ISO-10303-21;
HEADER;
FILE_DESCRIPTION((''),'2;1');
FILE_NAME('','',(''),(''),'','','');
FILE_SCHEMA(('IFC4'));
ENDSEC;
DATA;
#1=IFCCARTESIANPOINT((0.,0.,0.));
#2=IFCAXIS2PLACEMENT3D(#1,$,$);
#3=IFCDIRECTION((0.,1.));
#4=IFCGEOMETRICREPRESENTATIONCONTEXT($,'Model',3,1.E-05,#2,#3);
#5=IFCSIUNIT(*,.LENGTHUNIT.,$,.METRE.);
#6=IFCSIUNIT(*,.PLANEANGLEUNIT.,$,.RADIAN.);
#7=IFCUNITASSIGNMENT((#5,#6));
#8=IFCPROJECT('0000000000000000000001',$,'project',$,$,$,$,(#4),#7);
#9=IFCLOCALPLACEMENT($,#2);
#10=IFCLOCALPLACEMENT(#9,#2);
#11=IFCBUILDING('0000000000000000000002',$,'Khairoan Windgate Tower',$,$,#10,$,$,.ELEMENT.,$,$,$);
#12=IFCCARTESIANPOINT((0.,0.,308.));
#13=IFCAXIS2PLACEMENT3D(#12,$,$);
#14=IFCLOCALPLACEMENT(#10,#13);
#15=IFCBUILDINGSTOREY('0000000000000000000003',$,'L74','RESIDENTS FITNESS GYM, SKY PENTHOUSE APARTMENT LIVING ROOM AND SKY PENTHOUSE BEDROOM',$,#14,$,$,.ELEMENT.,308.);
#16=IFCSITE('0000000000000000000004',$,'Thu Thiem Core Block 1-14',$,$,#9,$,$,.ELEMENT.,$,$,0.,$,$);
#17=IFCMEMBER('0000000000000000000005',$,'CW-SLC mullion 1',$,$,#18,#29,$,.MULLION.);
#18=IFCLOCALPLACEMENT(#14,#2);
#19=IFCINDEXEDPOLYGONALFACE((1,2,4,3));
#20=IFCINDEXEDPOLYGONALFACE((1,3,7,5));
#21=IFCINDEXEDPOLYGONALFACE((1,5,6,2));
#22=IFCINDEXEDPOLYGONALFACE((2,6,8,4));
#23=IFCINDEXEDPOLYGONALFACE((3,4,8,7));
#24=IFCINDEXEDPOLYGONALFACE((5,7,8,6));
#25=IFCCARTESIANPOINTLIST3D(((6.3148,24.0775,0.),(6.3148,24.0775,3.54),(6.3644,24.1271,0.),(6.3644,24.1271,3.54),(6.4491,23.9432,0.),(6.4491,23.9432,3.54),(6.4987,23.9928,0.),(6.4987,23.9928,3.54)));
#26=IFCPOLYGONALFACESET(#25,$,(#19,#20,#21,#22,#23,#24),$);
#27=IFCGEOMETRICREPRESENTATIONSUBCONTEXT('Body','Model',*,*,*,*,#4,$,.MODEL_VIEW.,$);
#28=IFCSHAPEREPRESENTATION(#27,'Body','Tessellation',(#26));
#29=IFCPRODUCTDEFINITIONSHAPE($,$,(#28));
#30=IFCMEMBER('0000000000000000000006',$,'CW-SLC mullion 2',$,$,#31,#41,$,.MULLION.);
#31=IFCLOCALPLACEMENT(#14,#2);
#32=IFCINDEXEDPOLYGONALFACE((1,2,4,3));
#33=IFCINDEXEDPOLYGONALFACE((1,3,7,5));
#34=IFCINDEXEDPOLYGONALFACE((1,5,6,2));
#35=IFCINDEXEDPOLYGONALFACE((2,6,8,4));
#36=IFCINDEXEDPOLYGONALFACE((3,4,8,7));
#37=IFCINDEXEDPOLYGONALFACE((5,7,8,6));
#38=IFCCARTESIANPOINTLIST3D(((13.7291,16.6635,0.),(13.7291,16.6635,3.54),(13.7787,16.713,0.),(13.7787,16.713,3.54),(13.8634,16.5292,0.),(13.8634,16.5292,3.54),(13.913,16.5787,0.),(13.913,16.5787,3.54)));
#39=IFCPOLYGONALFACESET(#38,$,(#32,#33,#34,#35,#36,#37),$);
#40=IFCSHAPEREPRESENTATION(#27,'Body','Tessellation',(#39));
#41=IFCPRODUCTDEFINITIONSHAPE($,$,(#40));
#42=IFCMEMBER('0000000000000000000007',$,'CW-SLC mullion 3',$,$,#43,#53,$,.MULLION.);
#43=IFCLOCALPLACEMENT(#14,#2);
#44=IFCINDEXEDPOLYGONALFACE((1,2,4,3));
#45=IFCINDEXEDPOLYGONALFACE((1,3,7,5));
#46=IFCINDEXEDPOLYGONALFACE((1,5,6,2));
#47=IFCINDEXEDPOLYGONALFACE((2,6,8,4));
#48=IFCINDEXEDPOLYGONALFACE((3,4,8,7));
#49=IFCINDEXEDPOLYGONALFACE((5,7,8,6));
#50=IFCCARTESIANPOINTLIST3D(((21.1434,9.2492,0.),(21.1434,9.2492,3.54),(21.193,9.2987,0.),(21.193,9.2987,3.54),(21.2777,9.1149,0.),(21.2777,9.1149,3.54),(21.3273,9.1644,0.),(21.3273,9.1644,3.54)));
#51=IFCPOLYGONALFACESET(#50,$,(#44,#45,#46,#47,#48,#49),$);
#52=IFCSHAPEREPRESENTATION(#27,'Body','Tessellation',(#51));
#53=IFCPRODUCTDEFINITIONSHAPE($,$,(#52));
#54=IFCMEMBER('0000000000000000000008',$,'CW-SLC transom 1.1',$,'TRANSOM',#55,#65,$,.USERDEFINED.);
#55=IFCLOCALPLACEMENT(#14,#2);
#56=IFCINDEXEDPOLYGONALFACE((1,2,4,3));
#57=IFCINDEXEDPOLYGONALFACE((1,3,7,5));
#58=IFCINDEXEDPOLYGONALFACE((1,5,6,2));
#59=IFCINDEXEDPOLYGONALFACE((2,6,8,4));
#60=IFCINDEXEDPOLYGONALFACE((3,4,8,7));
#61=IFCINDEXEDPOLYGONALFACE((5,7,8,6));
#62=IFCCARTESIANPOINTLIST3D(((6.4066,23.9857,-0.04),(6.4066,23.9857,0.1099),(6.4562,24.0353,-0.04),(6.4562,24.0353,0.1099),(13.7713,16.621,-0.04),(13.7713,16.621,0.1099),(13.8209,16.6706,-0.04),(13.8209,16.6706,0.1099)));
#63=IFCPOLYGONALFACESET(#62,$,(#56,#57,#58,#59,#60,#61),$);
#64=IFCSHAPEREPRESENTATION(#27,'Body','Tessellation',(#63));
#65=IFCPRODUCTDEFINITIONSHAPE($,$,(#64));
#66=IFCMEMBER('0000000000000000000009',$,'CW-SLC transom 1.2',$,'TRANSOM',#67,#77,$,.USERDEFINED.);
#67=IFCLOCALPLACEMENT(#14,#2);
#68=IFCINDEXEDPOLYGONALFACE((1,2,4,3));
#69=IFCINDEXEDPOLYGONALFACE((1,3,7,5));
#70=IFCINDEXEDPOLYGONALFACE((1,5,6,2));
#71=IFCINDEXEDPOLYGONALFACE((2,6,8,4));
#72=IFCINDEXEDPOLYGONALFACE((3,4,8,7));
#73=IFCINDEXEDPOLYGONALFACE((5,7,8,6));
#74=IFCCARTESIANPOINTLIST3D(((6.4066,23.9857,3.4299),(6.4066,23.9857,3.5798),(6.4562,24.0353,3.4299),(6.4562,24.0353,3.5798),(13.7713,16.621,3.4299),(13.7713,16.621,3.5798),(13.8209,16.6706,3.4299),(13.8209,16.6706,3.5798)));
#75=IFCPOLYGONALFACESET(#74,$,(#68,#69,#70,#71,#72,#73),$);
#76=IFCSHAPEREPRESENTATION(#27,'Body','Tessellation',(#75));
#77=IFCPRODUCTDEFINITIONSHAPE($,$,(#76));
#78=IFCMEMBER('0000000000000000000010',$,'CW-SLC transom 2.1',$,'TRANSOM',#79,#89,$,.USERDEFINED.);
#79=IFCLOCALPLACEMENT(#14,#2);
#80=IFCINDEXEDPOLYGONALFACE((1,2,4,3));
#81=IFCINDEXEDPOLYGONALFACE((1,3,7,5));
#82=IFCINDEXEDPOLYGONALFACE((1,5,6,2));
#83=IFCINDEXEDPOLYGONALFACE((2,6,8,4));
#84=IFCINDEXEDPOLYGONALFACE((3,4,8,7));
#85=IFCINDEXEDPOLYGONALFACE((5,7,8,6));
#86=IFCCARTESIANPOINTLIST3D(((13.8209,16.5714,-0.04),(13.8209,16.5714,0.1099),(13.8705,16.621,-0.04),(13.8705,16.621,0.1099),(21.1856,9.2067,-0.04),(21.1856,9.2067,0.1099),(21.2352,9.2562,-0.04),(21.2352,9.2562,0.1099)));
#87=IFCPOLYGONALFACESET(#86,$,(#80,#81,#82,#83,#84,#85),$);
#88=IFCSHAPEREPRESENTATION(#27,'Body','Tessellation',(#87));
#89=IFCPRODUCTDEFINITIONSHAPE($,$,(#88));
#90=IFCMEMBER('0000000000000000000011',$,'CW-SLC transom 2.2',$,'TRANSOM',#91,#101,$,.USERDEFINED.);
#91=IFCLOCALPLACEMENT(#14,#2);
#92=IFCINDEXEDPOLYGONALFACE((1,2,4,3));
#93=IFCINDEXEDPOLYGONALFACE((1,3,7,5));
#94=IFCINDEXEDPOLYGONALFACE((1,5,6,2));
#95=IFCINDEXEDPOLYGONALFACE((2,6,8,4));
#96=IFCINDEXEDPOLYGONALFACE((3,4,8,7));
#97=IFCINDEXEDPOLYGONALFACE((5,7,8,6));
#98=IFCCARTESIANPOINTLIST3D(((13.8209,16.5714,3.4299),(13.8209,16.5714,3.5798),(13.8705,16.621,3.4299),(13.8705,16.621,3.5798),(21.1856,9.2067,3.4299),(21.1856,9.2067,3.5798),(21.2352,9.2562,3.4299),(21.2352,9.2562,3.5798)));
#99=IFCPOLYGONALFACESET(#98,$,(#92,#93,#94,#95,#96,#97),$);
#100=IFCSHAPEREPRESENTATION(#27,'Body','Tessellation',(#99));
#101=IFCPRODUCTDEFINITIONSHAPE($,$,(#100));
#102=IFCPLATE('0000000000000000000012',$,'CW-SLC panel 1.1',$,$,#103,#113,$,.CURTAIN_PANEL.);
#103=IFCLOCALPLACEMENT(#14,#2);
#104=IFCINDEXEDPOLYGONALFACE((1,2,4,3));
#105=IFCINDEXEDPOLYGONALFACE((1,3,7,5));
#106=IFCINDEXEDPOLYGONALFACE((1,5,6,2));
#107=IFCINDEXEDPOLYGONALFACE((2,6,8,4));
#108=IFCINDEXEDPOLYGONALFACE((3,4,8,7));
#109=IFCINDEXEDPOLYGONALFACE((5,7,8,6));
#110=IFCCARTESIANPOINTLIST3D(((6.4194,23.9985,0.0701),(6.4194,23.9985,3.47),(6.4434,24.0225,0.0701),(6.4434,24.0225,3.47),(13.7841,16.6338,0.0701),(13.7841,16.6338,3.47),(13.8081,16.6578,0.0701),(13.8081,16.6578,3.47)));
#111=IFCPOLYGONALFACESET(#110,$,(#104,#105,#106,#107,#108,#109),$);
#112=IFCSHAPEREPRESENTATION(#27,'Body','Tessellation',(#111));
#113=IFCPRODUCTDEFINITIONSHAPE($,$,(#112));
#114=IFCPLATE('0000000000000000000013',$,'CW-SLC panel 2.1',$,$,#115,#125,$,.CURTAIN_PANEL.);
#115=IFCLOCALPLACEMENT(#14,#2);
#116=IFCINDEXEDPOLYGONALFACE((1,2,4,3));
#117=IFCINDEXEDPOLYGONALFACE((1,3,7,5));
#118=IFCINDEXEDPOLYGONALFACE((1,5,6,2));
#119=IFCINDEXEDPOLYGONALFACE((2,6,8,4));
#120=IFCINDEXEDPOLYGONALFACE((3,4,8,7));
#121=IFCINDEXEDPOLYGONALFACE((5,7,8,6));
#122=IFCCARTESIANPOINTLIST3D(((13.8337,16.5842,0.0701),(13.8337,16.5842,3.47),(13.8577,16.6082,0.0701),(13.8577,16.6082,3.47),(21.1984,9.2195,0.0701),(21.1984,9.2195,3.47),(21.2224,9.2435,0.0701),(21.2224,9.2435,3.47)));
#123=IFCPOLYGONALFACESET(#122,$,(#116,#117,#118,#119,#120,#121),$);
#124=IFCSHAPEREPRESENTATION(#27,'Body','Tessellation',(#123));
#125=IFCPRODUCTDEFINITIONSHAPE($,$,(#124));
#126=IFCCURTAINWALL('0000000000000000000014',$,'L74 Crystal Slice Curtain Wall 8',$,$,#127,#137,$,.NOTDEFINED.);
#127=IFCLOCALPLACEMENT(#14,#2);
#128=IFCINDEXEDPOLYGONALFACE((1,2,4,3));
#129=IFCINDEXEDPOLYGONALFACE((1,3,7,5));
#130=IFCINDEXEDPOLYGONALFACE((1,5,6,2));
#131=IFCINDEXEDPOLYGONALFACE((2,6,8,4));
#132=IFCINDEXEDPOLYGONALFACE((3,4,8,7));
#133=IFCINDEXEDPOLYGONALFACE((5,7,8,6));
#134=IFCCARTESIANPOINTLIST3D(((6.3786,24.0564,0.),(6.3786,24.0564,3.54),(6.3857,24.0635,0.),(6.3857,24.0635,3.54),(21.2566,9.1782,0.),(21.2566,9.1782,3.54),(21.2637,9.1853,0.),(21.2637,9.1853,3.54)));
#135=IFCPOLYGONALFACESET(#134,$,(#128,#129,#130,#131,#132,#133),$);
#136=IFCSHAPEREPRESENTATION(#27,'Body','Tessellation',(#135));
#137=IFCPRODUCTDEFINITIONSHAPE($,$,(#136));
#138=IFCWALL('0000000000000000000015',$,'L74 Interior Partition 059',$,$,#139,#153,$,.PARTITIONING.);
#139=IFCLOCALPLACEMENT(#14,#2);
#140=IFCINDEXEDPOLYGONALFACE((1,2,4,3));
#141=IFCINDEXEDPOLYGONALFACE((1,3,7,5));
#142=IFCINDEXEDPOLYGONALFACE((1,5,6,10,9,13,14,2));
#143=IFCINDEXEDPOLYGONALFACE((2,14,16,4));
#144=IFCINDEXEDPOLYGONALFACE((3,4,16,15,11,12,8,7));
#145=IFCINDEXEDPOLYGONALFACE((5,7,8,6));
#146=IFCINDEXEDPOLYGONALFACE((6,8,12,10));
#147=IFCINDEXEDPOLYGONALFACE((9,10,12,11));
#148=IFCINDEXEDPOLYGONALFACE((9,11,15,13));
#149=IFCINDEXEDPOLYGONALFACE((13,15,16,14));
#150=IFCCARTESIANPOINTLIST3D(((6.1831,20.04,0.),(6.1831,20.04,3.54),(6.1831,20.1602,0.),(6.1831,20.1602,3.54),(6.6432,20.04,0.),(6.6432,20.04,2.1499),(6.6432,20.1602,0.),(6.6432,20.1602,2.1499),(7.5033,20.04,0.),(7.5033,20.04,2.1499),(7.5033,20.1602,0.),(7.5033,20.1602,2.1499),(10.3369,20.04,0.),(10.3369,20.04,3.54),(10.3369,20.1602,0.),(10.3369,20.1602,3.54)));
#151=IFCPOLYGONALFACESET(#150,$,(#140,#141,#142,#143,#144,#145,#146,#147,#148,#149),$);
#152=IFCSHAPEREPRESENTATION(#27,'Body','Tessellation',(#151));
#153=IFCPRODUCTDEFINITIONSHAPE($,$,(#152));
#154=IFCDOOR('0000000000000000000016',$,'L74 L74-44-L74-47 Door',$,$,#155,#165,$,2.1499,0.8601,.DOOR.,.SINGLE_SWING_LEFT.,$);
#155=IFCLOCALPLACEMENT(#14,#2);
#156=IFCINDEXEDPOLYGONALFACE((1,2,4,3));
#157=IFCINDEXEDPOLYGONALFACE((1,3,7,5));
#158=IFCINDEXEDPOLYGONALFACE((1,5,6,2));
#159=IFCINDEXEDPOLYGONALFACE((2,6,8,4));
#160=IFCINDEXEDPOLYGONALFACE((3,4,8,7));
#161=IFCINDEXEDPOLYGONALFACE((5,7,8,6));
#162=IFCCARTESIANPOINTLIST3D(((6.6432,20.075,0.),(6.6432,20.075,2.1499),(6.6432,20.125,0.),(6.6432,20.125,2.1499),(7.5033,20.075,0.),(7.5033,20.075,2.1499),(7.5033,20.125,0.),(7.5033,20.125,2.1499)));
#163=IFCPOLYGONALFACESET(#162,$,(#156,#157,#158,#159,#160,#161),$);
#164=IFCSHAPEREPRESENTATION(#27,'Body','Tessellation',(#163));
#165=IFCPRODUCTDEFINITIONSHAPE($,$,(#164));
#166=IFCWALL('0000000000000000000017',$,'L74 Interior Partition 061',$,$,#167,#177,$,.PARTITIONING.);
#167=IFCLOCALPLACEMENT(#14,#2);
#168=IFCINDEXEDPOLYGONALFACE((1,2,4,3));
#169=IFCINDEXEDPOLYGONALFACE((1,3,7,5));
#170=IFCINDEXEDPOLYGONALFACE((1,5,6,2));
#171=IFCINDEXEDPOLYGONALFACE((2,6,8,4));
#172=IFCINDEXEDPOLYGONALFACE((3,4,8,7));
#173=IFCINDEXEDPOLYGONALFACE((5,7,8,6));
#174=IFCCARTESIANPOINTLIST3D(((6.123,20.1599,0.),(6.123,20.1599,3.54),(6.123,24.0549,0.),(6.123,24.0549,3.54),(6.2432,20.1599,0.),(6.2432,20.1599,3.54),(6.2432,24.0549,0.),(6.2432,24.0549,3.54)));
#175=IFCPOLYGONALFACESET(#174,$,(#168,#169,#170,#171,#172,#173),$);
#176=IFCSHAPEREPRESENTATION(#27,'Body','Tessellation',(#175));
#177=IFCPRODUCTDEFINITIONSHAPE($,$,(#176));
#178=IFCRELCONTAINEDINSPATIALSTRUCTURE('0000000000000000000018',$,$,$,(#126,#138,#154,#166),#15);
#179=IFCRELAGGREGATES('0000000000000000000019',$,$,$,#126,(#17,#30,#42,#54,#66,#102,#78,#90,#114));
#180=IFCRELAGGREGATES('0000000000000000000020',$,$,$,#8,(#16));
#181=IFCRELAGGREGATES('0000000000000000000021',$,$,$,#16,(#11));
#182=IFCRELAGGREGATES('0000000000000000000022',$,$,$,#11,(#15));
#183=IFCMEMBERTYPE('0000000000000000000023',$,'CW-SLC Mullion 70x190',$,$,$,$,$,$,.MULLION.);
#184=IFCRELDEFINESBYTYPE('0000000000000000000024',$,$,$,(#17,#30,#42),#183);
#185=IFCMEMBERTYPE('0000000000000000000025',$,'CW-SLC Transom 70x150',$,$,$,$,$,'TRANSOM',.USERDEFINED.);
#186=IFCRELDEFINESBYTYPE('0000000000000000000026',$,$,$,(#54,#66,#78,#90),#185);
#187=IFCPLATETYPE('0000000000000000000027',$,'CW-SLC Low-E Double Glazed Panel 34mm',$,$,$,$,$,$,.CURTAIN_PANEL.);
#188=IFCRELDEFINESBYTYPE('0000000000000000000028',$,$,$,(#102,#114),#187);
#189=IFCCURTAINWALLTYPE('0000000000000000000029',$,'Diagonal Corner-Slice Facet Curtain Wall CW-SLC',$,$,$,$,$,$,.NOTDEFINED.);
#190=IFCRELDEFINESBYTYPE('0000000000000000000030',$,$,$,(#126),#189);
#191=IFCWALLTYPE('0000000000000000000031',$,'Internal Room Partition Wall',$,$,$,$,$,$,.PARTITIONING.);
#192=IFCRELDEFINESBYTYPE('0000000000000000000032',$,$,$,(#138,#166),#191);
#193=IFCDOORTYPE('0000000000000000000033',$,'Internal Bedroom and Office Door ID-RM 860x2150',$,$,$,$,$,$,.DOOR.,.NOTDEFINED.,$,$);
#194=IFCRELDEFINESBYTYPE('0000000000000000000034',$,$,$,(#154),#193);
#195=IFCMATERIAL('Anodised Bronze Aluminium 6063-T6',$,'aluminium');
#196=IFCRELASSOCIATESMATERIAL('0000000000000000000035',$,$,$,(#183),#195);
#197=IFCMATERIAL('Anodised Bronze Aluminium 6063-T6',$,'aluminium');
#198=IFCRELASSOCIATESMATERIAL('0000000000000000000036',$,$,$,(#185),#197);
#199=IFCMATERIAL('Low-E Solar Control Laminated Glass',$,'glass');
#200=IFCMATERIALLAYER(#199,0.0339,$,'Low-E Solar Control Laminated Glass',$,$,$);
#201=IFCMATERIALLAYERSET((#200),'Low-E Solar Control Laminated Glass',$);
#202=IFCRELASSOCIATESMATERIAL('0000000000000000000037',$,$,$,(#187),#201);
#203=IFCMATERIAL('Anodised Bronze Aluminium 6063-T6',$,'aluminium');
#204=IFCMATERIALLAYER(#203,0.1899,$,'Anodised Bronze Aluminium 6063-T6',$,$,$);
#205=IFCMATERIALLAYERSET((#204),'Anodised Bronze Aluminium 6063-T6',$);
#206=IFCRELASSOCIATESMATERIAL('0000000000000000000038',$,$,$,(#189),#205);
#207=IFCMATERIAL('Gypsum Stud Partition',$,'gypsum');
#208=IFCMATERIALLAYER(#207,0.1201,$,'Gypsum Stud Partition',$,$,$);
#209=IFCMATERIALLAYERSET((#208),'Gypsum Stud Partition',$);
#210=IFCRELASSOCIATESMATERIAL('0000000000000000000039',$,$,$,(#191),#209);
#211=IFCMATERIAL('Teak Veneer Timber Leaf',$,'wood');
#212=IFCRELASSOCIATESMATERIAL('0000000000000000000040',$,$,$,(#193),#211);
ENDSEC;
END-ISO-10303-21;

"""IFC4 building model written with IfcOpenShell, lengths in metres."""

from ifc_helpers import new_model, si_unit, direction, frame, frame_2d, origin, origin_2d, place, context, subcontext, project, spatial, rectangle, extrude, material, layer, layer_set, material_profile, profile_set, type_object, element, fill, aggregate, save


model = new_model("IFC4")

# Units and contexts
model_context = context("Model", 3, precision=1e-05, world=origin(), true_north=direction((0.0, 1.0)))
body_context = subcontext(model_context, "Body", "Model", "MODEL_VIEW")
ifc_project = project(units=[si_unit("LENGTHUNIT", "METRE"), si_unit("PLANEANGLEUNIT", "RADIAN")], contexts=[model_context])

# Site, building, storey
site_placement = place(None, origin())
site = spatial("IfcSite", under=ifc_project, at=site_placement, Name="Thu Thiem Core Block 1-14", CompositionType="ELEMENT", RefElevation=0.0)
building_placement = place(site_placement, origin())
building = spatial("IfcBuilding", under=site, at=building_placement, Name="Khairoan Windgate Tower", CompositionType="ELEMENT")
storey_placement = place(building_placement, frame((0.0, 0.0, 308.0)))
storey = spatial("IfcBuildingStorey", under=building, at=storey_placement, Name="L74", Description="RESIDENTS FITNESS GYM, SKY PENTHOUSE APARTMENT LIVING ROOM AND SKY PENTHOUSE BEDROOM", CompositionType="ELEMENT", Elevation=308.0)

# Members
ifc_material_1 = material(Name="Anodised Bronze Aluminium 6063-T6", Category="aluminium")
ifc_material_profile_1 = material_profile(ifc_material_1, rectangle(XDim=0.0701, YDim=0.1899, at=origin_2d()))
ifc_profile_set_1 = profile_set([ifc_material_profile_1], Name="Anodised Bronze Aluminium 6063-T6")
member_type_1 = type_object("IfcMemberType", Name="CW-SLC Mullion 70x190", PredefinedType="MULLION", material=ifc_profile_set_1)
member_1_placement = place(storey_placement, frame((6.4067, 24.0352, 0.0), z_axis=(0.0, 0.0, 1.0), x_axis=(0.707107, 0.707107, 0.0)))
member_1 = element("IfcMember", 1, at=member_1_placement, type_object=member_type_1, Name="CW-SLC mullion 1", PredefinedType="MULLION", context=body_context, shape_type="SweptSolid", body=[
    extrude(rectangle(XDim=0.0701, YDim=0.1899, at=origin_2d()), origin(), (0.0, 0.0, 1.0), 3.54),
])
member_2_placement = place(storey_placement, frame((13.821, 16.6211, 0.0), z_axis=(0.0, 0.0, 1.0), x_axis=(0.707107, 0.707107, 0.0)))
member_2 = element("IfcMember", 2, at=member_2_placement, type_object=member_type_1, Name="CW-SLC mullion 2", PredefinedType="MULLION", context=body_context, shape_type="SweptSolid", body=[
    extrude(rectangle(XDim=0.0701, YDim=0.1899, at=origin_2d()), origin(), (0.0, 0.0, 1.0), 3.54),
])
member_3_placement = place(storey_placement, frame((21.2354, 9.2068, 0.0), z_axis=(0.0, 0.0, 1.0), x_axis=(0.707107, 0.707107, 0.0)))
member_3 = element("IfcMember", 3, at=member_3_placement, type_object=member_type_1, Name="CW-SLC mullion 3", PredefinedType="MULLION", context=body_context, shape_type="SweptSolid", body=[
    extrude(rectangle(XDim=0.0701, YDim=0.1899, at=origin_2d()), origin(), (0.0, 0.0, 1.0), 3.54),
])
ifc_material_2 = material(Name="Anodised Bronze Aluminium 6063-T6", Category="aluminium")
ifc_material_profile_2 = material_profile(ifc_material_2, rectangle(XDim=0.0701, YDim=0.1499, at=origin_2d()))
ifc_profile_set_2 = profile_set([ifc_material_profile_2], Name="Anodised Bronze Aluminium 6063-T6")
member_type_2 = type_object("IfcMemberType", Name="CW-SLC Transom 70x150", ElementType="TRANSOM", PredefinedType="USERDEFINED", material=ifc_profile_set_2)
member_4_placement = place(storey_placement, frame((6.4314, 24.0105, 0.0349), z_axis=(0.707107, -0.707107, 0.0), x_axis=(0.707107, 0.707107, 0.0)))
member_4 = element("IfcMember", 4, at=member_4_placement, type_object=member_type_2, Name="CW-SLC transom 1.1", ObjectType="TRANSOM", PredefinedType="USERDEFINED", context=body_context, shape_type="SweptSolid", body=[
    extrude(rectangle(XDim=0.0701, YDim=0.1499, at=origin_2d()), origin(), (0.0, 0.0, 1.0), 10.4153),
])
member_5_placement = place(storey_placement, frame((6.4314, 24.0105, 3.5049), z_axis=(0.707107, -0.707107, 0.0), x_axis=(0.707107, 0.707107, 0.0)))
member_5 = element("IfcMember", 5, at=member_5_placement, type_object=member_type_2, Name="CW-SLC transom 1.2", ObjectType="TRANSOM", PredefinedType="USERDEFINED", context=body_context, shape_type="SweptSolid", body=[
    extrude(rectangle(XDim=0.0701, YDim=0.1499, at=origin_2d()), origin(), (0.0, 0.0, 1.0), 10.4153),
])
member_6_placement = place(storey_placement, frame((13.8457, 16.5962, 0.0349), z_axis=(0.707107, -0.707107, 0.0), x_axis=(0.707107, 0.707107, 0.0)))
member_6 = element("IfcMember", 6, at=member_6_placement, type_object=member_type_2, Name="CW-SLC transom 2.1", ObjectType="TRANSOM", PredefinedType="USERDEFINED", context=body_context, shape_type="SweptSolid", body=[
    extrude(rectangle(XDim=0.0701, YDim=0.1499, at=origin_2d()), origin(), (0.0, 0.0, 1.0), 10.4153),
])
member_7_placement = place(storey_placement, frame((13.8457, 16.5962, 3.5049), z_axis=(0.707107, -0.707107, 0.0), x_axis=(0.707107, 0.707107, 0.0)))
member_7 = element("IfcMember", 7, at=member_7_placement, type_object=member_type_2, Name="CW-SLC transom 2.2", ObjectType="TRANSOM", PredefinedType="USERDEFINED", context=body_context, shape_type="SweptSolid", body=[
    extrude(rectangle(XDim=0.0701, YDim=0.1499, at=origin_2d()), origin(), (0.0, 0.0, 1.0), 10.4153),
])

# Plates
ifc_material_3 = material(Name="Low-E Solar Control Laminated Glass", Category="glass")
ifc_layer_1 = layer(ifc_material_3, 0.0339, Name="Low-E Solar Control Laminated Glass")
ifc_layer_set_1 = layer_set([ifc_layer_1], Name="Low-E Solar Control Laminated Glass")
plate_type_1 = type_object("IfcPlateType", Name="CW-SLC Low-E Double Glazed Panel 34mm", PredefinedType="CURTAIN_PANEL", material=ifc_layer_set_1)
plate_1_placement = place(storey_placement, frame((10.1138, 20.3281, 0.0701), z_axis=(0.0, 0.0, 1.0), x_axis=(0.707107, -0.707107, 0.0)))
plate_1 = element("IfcPlate", 8, at=plate_1_placement, type_object=plate_type_1, Name="CW-SLC panel 1.1", PredefinedType="CURTAIN_PANEL", context=body_context, shape_type="SweptSolid", body=[
    extrude(rectangle(XDim=10.4153, YDim=0.0339, at=origin_2d()), origin(), (0.0, 0.0, 1.0), 3.3999),
])
plate_2_placement = place(storey_placement, frame((17.5281, 12.9138, 0.0701), z_axis=(0.0, 0.0, 1.0), x_axis=(0.707107, -0.707107, 0.0)))
plate_2 = element("IfcPlate", 9, at=plate_2_placement, type_object=plate_type_1, Name="CW-SLC panel 2.1", PredefinedType="CURTAIN_PANEL", context=body_context, shape_type="SweptSolid", body=[
    extrude(rectangle(XDim=10.4153, YDim=0.0339, at=origin_2d()), origin(), (0.0, 0.0, 1.0), 3.3999),
])

# Curtain wall
ifc_material_4 = material(Name="Anodised Bronze Aluminium 6063-T6", Category="aluminium")
ifc_layer_2 = layer(ifc_material_4, 0.1899, Name="Anodised Bronze Aluminium 6063-T6")
ifc_layer_set_2 = layer_set([ifc_layer_2], Name="Anodised Bronze Aluminium 6063-T6")
curtain_wall_type_1 = type_object("IfcCurtainWallType", Name="Diagonal Corner-Slice Facet Curtain Wall CW-SLC", PredefinedType="NOTDEFINED", material=ifc_layer_set_2)
curtain_wall_1_placement = place(storey_placement, frame((6.3821, 24.0601, 0.0), z_axis=(0.0, 0.0, 1.0), x_axis=(0.707101, -0.707113, 0.0)))
curtain_wall_1 = element("IfcCurtainWall", 10, at=curtain_wall_1_placement, inside=storey, type_object=curtain_wall_type_1, Name="L74 Crystal Slice Curtain Wall 8", PredefinedType="NOTDEFINED", context=body_context, shape_type="SweptSolid", body=[
    extrude(rectangle(XDim=21.0408, YDim=0.01, at=frame_2d((10.5205, 0.0))), origin(), (0.0, 0.0, 1.0), 3.54),
])
aggregate(curtain_wall_1, [member_1, member_2, member_3, member_4, member_5, plate_1, member_6, member_7, plate_2])

# Wall, opening, door
ifc_material_5 = material(Name="Gypsum Stud Partition", Category="gypsum")
ifc_layer_3 = layer(ifc_material_5, 0.1201, Name="Gypsum Stud Partition")
ifc_layer_set_3 = layer_set([ifc_layer_3], Name="Gypsum Stud Partition")
wall_type_1 = type_object("IfcWallType", Name="Internal Room Partition Wall", PredefinedType="PARTITIONING", material=ifc_layer_set_3)
wall_1_placement = place(storey_placement, frame((6.1831, 20.1001, 0.0), z_axis=(0.0, 0.0, 1.0), x_axis=(1.0, 0.0, 0.0)))
wall_1 = element("IfcWall", 11, at=wall_1_placement, inside=storey, type_object=wall_type_1, Name="L74 Interior Partition 059", PredefinedType="PARTITIONING", context=body_context, shape_type="SweptSolid", body=[
    extrude(rectangle(XDim=4.1538, YDim=0.1201, at=frame_2d((2.0769, 0.0))), origin(), (0.0, 0.0, 1.0), 3.54),
])
opening_1_placement = place(wall_1_placement, frame((0.46, 0.0, 0.0)))
opening_1 = element("IfcOpeningElement", 12, at=opening_1_placement, cuts=wall_1, PredefinedType="OPENING", context=body_context, shape_type="SweptSolid", body=[
    extrude(rectangle(XDim=0.8601, YDim=2.1499, at=frame_2d((0.4302, 1.075))), frame((0.0, 0.0701, 0.0), z_axis=(0.0, -1.0, 0.0), x_axis=(1.0, 0.0, 0.0)), (0.0, 0.0, 1.0), 0.1401),
])
ifc_material_6 = material(Name="Teak Veneer Timber Leaf", Category="wood")
door_type_1 = type_object("IfcDoorType", Name="Internal Bedroom and Office Door ID-RM 860x2150", OperationType="NOTDEFINED", PredefinedType="DOOR", material=ifc_material_6)
door_1_placement = place(opening_1_placement, origin())
door_1 = element("IfcDoor", 13, at=door_1_placement, inside=storey, type_object=door_type_1, Name="L74 L74-44-L74-47 Door", OperationType="SINGLE_SWING_LEFT", OverallHeight=2.1499, OverallWidth=0.8601, PredefinedType="DOOR", context=body_context, shape_type="SweptSolid", body=[
    extrude(rectangle(XDim=0.8601, YDim=2.1499, at=frame_2d((0.4302, 1.075))), frame((0.0, 0.0249, 0.0), z_axis=(0.0, -1.0, 0.0), x_axis=(1.0, 0.0, 0.0)), (0.0, 0.0, 1.0), 0.05),
])
fill(opening_1, door_1)

# Wall
wall_2_placement = place(storey_placement, frame((6.1831, 20.1599, 0.0), z_axis=(0.0, 0.0, 1.0), x_axis=(0.0, 1.0, 0.0)))
element("IfcWall", 14, at=wall_2_placement, inside=storey, type_object=wall_type_1, Name="L74 Interior Partition 061", PredefinedType="PARTITIONING", context=body_context, shape_type="SweptSolid", body=[
    extrude(rectangle(XDim=3.895, YDim=0.1201, at=frame_2d((1.9475, 0.0))), origin(), (0.0, 0.0, 1.0), 3.54),
])

save(model, "model.ifc")
